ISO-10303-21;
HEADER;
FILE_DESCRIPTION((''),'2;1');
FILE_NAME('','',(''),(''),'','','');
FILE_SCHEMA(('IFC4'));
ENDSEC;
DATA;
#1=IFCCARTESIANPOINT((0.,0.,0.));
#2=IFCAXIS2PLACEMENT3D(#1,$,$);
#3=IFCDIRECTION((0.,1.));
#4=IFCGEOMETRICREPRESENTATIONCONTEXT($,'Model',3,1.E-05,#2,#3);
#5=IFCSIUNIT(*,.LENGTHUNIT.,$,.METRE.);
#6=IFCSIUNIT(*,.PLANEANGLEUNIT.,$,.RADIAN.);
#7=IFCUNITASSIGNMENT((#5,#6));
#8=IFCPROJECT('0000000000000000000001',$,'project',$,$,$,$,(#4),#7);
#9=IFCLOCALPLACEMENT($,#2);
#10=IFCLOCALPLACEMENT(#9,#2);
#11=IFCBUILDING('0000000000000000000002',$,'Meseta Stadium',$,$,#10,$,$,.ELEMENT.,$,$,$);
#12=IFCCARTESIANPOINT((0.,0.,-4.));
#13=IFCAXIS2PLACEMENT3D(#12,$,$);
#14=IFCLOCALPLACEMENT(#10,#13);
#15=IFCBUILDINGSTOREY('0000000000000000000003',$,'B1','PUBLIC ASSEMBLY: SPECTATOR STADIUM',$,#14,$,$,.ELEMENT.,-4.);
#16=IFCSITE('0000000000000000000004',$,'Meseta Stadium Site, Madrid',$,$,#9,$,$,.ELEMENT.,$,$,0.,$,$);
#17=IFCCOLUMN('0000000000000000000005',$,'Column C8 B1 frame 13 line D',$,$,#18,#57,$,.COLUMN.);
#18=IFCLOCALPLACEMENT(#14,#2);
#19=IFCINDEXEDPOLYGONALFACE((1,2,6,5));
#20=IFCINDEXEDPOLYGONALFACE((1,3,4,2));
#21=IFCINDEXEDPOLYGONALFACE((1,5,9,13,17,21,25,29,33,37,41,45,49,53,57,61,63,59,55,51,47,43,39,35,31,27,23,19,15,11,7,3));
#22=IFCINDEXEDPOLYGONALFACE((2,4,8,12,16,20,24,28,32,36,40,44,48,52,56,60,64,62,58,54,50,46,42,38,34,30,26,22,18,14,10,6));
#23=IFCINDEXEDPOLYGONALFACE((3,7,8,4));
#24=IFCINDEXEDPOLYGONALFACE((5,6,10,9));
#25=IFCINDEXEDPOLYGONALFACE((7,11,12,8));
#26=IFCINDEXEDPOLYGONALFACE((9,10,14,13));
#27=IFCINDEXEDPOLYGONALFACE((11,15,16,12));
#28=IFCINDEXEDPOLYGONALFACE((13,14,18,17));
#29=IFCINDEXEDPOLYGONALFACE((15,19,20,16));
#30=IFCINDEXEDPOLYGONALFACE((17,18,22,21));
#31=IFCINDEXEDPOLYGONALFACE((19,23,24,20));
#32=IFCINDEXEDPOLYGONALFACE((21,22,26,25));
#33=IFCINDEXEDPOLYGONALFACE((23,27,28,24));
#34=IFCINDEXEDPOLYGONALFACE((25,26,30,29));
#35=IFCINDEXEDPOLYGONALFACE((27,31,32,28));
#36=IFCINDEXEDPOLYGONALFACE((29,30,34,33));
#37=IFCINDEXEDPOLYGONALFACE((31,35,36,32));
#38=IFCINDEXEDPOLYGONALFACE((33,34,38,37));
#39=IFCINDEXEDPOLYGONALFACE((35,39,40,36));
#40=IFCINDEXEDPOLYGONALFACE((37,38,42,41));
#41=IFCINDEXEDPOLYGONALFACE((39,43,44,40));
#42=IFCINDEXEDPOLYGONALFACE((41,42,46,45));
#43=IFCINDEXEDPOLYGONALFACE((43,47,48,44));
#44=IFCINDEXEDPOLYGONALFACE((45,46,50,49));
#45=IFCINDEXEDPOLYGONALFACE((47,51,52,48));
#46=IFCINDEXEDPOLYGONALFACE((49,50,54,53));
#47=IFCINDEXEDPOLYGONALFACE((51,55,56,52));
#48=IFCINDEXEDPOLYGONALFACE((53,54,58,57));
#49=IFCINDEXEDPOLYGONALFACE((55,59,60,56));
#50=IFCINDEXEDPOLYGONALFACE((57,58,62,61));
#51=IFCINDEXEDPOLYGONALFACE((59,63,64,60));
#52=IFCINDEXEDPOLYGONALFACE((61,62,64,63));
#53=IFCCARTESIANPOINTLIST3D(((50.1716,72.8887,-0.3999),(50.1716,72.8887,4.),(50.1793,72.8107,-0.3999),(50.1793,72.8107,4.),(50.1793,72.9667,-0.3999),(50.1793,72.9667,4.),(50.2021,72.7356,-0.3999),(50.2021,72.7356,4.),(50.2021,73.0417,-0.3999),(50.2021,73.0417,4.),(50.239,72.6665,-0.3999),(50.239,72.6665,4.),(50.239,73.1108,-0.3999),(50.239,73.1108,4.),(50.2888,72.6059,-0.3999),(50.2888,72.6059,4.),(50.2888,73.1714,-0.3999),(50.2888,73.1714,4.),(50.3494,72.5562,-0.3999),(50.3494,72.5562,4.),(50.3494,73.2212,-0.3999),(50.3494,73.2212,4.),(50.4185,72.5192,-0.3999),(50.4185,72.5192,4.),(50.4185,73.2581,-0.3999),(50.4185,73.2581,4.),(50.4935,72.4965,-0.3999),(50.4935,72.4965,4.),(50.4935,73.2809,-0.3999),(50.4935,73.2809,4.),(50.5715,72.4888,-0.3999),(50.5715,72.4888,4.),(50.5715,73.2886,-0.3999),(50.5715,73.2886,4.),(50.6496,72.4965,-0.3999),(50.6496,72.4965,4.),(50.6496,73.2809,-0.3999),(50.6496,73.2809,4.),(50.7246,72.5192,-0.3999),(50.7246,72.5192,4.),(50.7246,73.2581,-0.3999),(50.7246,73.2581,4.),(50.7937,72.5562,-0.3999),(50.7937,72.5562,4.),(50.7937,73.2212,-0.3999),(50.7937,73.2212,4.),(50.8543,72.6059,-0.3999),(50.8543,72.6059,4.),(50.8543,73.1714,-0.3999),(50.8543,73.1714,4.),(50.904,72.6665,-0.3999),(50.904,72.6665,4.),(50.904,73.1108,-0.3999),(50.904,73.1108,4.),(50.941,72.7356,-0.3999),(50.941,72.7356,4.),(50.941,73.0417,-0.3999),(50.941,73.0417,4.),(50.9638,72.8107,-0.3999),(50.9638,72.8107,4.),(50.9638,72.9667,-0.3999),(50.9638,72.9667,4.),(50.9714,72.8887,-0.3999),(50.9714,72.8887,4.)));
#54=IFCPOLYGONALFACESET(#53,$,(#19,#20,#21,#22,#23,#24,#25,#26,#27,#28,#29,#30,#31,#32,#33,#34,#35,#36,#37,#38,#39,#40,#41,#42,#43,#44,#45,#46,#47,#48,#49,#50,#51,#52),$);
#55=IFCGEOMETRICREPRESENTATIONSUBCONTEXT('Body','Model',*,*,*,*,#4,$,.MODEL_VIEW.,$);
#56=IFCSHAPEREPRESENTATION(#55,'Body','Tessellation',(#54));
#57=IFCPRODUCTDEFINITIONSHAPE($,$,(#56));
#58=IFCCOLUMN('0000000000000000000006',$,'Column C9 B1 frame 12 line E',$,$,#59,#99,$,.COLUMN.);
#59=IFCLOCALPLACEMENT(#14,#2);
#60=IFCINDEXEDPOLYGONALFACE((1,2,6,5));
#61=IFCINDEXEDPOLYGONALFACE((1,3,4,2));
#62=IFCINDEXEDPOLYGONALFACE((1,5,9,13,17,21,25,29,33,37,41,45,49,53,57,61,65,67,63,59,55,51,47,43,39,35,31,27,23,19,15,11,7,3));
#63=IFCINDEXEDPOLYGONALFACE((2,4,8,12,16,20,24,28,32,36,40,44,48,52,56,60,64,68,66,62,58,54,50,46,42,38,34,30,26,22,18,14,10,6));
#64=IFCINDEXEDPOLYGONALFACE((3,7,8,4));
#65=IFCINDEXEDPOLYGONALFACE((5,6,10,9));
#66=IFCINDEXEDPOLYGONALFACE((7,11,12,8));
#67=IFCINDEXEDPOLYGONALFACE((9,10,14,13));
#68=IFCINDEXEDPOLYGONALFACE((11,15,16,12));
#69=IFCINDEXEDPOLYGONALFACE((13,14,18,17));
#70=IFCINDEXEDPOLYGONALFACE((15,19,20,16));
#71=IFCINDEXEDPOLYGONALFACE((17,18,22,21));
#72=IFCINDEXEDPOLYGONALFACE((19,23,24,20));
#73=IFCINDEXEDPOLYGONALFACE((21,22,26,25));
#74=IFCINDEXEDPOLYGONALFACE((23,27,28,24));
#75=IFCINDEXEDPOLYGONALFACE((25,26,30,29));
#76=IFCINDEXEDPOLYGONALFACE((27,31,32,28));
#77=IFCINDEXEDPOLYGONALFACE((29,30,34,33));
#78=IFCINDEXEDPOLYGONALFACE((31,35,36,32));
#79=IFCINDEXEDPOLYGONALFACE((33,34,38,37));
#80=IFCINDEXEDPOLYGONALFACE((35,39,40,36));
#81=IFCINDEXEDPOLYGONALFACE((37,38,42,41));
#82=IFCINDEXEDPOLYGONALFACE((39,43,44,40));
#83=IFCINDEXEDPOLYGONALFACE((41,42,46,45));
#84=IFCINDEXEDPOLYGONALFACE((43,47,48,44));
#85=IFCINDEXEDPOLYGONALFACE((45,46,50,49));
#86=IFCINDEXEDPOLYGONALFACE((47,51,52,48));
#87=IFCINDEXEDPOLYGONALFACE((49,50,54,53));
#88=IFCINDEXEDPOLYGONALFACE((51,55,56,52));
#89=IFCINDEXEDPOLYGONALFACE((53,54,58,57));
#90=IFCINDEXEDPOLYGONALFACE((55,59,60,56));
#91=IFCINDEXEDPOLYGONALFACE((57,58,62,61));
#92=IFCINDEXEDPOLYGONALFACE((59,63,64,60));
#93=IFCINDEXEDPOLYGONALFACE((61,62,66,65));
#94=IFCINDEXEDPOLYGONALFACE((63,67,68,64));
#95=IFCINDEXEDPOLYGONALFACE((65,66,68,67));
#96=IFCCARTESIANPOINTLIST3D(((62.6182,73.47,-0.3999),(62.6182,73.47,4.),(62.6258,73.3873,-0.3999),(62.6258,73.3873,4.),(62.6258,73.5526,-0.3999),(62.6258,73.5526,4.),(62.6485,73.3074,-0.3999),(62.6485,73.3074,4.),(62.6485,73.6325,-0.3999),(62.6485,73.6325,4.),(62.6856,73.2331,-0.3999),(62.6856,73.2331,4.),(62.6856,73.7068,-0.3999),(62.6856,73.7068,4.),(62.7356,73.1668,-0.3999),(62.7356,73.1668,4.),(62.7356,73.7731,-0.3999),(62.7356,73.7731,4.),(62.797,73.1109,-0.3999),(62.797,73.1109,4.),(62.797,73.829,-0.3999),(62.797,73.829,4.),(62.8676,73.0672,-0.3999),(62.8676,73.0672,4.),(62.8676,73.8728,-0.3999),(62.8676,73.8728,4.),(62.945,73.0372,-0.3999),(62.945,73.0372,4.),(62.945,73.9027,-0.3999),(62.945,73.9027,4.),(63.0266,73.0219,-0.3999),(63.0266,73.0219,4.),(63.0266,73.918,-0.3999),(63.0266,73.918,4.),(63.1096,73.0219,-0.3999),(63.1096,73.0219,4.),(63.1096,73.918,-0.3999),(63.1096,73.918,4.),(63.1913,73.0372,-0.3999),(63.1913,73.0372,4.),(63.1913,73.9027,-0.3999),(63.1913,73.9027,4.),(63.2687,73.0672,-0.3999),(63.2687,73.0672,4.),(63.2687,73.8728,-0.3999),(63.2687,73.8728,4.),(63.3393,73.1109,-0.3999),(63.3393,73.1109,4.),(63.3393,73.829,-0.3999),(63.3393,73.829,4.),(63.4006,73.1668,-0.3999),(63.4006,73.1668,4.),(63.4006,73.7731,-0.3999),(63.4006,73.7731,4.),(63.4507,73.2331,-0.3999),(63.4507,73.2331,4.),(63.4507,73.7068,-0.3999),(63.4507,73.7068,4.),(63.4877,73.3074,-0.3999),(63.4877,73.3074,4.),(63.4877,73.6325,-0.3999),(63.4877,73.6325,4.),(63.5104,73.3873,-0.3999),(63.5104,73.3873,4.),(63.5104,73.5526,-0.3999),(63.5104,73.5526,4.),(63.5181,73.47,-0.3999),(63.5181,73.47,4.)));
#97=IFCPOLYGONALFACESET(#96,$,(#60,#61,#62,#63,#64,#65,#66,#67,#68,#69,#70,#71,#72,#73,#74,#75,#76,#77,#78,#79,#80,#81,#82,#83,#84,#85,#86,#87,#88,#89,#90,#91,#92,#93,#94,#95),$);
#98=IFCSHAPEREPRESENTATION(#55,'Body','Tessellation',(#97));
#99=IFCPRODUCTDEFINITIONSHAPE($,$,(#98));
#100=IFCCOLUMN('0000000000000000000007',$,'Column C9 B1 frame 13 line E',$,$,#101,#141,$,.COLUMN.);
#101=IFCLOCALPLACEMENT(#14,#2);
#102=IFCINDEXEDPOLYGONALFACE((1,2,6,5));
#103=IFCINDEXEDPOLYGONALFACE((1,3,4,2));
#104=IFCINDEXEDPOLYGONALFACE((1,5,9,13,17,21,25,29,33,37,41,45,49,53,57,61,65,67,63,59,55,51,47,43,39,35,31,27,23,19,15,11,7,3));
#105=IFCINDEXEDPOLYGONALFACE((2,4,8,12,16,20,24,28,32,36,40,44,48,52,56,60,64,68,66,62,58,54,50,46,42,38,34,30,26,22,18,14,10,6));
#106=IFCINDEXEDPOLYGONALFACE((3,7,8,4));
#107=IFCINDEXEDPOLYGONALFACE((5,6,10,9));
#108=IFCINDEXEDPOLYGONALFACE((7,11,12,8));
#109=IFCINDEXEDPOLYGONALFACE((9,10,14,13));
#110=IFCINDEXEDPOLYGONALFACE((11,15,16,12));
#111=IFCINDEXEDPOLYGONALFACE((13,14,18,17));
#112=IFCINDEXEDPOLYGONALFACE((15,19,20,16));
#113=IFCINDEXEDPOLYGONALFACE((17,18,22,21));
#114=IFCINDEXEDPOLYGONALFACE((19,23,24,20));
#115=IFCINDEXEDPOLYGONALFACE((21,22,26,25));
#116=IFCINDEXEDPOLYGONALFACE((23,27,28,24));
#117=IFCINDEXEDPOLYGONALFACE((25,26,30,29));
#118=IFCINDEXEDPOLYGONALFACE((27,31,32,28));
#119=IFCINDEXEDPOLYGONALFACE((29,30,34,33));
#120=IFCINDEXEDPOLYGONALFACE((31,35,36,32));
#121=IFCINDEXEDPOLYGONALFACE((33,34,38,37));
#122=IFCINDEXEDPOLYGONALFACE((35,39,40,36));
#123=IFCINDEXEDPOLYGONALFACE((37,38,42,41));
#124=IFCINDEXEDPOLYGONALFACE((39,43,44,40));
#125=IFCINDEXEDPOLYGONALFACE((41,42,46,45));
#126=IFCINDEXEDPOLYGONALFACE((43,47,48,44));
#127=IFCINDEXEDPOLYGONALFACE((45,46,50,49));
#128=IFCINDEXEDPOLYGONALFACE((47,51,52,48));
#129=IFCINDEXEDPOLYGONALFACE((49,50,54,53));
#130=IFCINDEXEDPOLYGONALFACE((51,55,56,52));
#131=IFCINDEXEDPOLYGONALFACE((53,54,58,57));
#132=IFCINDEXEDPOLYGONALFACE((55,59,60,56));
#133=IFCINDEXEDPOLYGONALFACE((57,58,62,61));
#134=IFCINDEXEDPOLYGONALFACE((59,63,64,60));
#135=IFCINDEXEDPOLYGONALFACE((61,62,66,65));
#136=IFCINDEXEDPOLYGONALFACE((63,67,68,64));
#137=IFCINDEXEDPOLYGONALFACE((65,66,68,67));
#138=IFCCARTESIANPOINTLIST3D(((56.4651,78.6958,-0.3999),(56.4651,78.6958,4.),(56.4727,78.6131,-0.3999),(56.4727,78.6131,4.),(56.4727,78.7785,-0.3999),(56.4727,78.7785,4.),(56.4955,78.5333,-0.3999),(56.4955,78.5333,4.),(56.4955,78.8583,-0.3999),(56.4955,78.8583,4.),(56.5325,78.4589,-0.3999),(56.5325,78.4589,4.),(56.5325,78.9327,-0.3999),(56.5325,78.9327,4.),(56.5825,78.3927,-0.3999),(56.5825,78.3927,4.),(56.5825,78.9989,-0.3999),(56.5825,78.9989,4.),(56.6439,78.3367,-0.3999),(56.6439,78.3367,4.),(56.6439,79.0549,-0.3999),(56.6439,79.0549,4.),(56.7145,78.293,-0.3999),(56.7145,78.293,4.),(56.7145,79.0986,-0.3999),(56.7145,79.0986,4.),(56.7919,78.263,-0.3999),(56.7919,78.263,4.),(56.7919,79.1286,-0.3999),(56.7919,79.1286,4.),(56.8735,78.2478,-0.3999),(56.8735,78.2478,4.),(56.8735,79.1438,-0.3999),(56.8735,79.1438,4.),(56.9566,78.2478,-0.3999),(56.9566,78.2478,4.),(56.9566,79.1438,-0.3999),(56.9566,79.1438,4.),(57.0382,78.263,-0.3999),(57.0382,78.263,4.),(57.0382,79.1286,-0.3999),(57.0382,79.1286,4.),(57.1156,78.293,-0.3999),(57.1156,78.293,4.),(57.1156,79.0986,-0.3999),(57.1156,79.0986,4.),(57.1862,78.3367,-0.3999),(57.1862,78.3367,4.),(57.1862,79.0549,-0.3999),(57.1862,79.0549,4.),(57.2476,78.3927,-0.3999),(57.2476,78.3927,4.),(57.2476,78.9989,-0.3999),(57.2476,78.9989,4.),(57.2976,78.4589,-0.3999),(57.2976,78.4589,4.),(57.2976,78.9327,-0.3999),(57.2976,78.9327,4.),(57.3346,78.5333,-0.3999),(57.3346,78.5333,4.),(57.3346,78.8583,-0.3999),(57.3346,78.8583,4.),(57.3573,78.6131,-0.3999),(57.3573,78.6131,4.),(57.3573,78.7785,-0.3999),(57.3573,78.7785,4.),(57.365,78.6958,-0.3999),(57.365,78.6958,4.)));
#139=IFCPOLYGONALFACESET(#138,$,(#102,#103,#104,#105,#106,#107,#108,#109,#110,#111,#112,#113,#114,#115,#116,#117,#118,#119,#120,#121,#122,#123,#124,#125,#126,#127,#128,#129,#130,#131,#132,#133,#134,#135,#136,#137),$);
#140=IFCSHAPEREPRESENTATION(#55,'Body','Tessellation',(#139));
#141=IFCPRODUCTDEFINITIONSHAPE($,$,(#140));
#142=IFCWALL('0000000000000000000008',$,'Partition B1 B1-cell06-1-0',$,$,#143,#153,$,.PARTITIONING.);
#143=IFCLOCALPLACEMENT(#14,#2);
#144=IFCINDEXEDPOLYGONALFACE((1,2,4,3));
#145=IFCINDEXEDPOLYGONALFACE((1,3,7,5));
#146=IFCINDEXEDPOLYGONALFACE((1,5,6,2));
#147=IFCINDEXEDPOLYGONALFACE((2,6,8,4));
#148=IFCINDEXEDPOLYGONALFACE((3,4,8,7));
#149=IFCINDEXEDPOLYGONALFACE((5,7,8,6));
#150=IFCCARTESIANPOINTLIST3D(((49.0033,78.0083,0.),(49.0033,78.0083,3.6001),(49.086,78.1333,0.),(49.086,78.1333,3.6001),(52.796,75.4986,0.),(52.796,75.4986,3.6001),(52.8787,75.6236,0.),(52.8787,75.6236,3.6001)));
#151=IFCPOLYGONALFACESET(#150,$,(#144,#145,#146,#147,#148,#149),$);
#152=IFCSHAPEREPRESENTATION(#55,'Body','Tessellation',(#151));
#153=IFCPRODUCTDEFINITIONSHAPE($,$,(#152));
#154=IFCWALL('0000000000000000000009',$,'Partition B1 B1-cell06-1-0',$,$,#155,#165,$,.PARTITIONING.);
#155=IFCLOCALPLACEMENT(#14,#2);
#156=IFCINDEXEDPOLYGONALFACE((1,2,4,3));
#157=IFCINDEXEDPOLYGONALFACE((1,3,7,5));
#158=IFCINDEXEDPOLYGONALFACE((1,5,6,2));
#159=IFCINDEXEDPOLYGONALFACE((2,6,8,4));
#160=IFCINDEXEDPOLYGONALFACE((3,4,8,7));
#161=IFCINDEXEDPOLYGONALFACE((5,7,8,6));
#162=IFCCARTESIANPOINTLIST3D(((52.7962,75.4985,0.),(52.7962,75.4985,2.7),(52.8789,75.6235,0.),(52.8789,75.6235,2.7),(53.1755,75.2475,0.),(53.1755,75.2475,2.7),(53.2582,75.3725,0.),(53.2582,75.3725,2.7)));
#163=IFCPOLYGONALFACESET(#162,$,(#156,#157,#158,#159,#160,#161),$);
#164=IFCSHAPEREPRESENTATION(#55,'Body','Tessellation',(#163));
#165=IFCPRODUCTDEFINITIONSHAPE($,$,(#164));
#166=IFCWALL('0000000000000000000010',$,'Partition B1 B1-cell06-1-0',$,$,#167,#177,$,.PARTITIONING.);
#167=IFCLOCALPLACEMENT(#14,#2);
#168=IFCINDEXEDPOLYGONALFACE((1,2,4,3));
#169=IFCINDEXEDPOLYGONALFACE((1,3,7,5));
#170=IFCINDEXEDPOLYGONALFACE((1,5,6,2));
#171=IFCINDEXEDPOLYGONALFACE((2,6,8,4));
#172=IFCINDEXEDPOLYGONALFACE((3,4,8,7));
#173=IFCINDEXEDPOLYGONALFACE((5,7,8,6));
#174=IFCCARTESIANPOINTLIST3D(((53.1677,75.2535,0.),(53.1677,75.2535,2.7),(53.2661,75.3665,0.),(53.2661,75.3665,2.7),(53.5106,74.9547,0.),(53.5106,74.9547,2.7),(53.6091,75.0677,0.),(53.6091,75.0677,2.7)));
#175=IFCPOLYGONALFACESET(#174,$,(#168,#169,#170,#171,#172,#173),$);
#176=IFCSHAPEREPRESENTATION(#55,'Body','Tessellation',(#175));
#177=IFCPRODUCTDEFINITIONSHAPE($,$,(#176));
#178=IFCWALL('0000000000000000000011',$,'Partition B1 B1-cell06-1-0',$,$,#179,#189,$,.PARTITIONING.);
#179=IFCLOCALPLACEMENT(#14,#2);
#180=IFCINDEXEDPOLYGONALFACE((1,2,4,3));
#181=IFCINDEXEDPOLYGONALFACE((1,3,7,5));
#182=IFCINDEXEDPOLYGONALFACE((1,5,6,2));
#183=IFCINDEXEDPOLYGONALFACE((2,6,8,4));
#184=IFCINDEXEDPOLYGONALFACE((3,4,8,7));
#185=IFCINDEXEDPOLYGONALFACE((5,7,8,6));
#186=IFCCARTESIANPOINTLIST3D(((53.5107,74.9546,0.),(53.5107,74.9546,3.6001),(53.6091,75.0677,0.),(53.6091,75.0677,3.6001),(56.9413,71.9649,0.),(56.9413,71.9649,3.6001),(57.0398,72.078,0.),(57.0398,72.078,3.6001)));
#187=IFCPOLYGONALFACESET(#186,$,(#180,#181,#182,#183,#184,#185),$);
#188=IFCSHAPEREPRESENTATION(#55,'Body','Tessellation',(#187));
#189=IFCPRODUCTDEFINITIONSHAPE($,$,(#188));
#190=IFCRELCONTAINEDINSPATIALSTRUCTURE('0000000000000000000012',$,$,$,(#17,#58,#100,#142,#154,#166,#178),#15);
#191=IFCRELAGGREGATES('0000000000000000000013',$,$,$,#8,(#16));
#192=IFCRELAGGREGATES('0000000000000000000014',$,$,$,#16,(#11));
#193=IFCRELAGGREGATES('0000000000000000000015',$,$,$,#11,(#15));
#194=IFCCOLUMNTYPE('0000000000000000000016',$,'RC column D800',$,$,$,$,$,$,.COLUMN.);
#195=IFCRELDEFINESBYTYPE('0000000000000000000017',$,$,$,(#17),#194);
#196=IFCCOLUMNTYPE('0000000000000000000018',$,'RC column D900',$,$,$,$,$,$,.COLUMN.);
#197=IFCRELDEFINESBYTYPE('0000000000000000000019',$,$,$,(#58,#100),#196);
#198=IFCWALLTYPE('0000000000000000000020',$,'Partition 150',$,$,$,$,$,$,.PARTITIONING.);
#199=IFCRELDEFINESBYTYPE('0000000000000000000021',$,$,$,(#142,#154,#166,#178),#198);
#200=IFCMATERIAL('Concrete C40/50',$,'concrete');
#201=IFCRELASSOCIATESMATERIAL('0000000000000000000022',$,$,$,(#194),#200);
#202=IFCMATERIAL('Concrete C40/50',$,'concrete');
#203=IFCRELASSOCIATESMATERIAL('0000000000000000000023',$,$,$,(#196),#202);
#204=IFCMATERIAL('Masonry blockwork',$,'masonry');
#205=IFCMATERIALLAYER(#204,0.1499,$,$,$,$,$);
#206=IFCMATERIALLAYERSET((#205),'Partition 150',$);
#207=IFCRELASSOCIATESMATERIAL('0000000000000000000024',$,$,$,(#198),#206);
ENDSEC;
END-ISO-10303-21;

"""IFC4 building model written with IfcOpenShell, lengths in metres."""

from ifc_helpers import new_model, si_unit, direction, frame, frame_2d, origin, origin_2d, place, context, subcontext, project, spatial, rectangle, circle, extrude, material, layer, layer_set, material_profile, profile_set, type_object, element, save


model = new_model("IFC4")

# Units and contexts
model_context = context("Model", 3, precision=1e-05, world=origin(), true_north=direction((0.0, 1.0)))
body_context = subcontext(model_context, "Body", "Model", "MODEL_VIEW")
ifc_project = project(units=[si_unit("LENGTHUNIT", "METRE"), si_unit("PLANEANGLEUNIT", "RADIAN")], contexts=[model_context])

# Site, building, storey
site_placement = place(None, origin())
site = spatial("IfcSite", under=ifc_project, at=site_placement, Name="Meseta Stadium Site, Madrid", CompositionType="ELEMENT", RefElevation=0.0)
building_placement = place(site_placement, origin())
building = spatial("IfcBuilding", under=site, at=building_placement, Name="Meseta Stadium", CompositionType="ELEMENT")
storey_placement = place(building_placement, frame((0.0, 0.0, -4.0)))
storey = spatial("IfcBuildingStorey", under=building, at=storey_placement, Name="B1", Description="PUBLIC ASSEMBLY: SPECTATOR STADIUM", CompositionType="ELEMENT", Elevation=-4.0)

# Columns
ifc_material_1 = material(Name="Concrete C40/50", Category="concrete")
ifc_material_profile_1 = material_profile(ifc_material_1, circle(Radius=0.3999, at=origin_2d()), Name="RC D800")
ifc_profile_set_1 = profile_set([ifc_material_profile_1], Name="Concrete C40/50")
column_type_1 = type_object("IfcColumnType", Name="RC column D800", PredefinedType="COLUMN", material=ifc_profile_set_1)
column_placement = place(storey_placement, frame((50.5715, 72.8887, -0.3999), z_axis=(0.0, 0.0, 1.0), x_axis=(1.0, 0.0, 0.0)))
element("IfcColumn", 1, at=column_placement, inside=storey, type_object=column_type_1, Name="Column C8 B1 frame 13 line D", PredefinedType="COLUMN", context=body_context, shape_type="SweptSolid", body=[
    extrude(circle(Radius=0.3999, at=origin_2d()), origin(), (0.0, 0.0, 1.0), 4.3999),
])
ifc_material_2 = material(Name="Concrete C40/50", Category="concrete")
ifc_material_profile_2 = material_profile(ifc_material_2, circle(Radius=0.45, at=origin_2d()), Name="RC D900")
ifc_profile_set_2 = profile_set([ifc_material_profile_2], Name="Concrete C40/50")
column_type_2 = type_object("IfcColumnType", Name="RC column D900", PredefinedType="COLUMN", material=ifc_profile_set_2)
for number, where, z_axis, x_axis, name in (
    (2, (63.0681, 73.47, -0.3999), (0.0, 0.0, 1.0), (1.0, 0.0, 0.0), "Column C9 B1 frame 12 line E"),
    (3, (56.915, 78.6958, -0.3999), (0.0, 0.0, 1.0), (1.0, 0.0, 0.0), "Column C9 B1 frame 13 line E"),
):
    element("IfcColumn", number, at=place(storey_placement, frame(where, z_axis=z_axis, x_axis=x_axis)), inside=storey, type_object=column_type_2, Name=name, PredefinedType="COLUMN", context=body_context, shape_type="SweptSolid", body=[
        extrude(circle(Radius=0.45, at=origin_2d()), origin(), (0.0, 0.0, 1.0), 4.3999),
    ])

# Walls
ifc_material_3 = material(Name="Masonry blockwork", Category="masonry")
ifc_layer = layer(ifc_material_3, 0.1499)
ifc_layer_set = layer_set([ifc_layer], Name="Partition 150")
wall_type = type_object("IfcWallType", Name="Partition 150", PredefinedType="PARTITIONING", material=ifc_layer_set)
wall_1_placement = place(storey_placement, frame((49.0447, 78.0708, 0.0), z_axis=(0.0, 0.0, 1.0), x_axis=(0.833945, -0.551848, 0.0)))
element("IfcWall", 4, at=wall_1_placement, inside=storey, type_object=wall_type, Name="Partition B1 B1-cell06-1-0", PredefinedType="PARTITIONING", context=body_context, shape_type="SweptSolid", body=[
    extrude(rectangle(XDim=4.5479, YDim=0.1499, at=frame_2d((2.2739, 0.0))), origin(), (0.0, 0.0, 1.0), 3.6001),
])
for number, where, z_axis, x_axis, name in (
    (5, (52.8374, 75.561, 0.0), (0.0, 0.0, 1.0), (0.834027, -0.551724, 0.0), "Partition B1 B1-cell06-1-0"),
    (6, (53.2168, 75.3101, 0.0), (0.0, 0.0, 1.0), (0.754004, -0.656869, 0.0), "Partition B1 B1-cell06-1-0"),
):
    element("IfcWall", number, at=place(storey_placement, frame(where, z_axis=z_axis, x_axis=x_axis)), inside=storey, type_object=wall_type, Name=name, PredefinedType="PARTITIONING", context=body_context, shape_type="SweptSolid", body=[
        extrude(rectangle(XDim=0.4548, YDim=0.1499, at=frame_2d((0.2275, 0.0))), origin(), (0.0, 0.0, 1.0), 2.7),
    ])
wall_2_placement = place(storey_placement, frame((53.5598, 75.0112, 0.0), z_axis=(0.0, 0.0, 1.0), x_axis=(0.753891, -0.656999, 0.0)))
element("IfcWall", 7, at=wall_2_placement, inside=storey, type_object=wall_type, Name="Partition B1 B1-cell06-1-0", PredefinedType="PARTITIONING", context=body_context, shape_type="SweptSolid", body=[
    extrude(rectangle(XDim=4.5505, YDim=0.1499, at=frame_2d((2.2754, 0.0))), origin(), (0.0, 0.0, 1.0), 3.6001),
])

save(model, "model.ifc")
